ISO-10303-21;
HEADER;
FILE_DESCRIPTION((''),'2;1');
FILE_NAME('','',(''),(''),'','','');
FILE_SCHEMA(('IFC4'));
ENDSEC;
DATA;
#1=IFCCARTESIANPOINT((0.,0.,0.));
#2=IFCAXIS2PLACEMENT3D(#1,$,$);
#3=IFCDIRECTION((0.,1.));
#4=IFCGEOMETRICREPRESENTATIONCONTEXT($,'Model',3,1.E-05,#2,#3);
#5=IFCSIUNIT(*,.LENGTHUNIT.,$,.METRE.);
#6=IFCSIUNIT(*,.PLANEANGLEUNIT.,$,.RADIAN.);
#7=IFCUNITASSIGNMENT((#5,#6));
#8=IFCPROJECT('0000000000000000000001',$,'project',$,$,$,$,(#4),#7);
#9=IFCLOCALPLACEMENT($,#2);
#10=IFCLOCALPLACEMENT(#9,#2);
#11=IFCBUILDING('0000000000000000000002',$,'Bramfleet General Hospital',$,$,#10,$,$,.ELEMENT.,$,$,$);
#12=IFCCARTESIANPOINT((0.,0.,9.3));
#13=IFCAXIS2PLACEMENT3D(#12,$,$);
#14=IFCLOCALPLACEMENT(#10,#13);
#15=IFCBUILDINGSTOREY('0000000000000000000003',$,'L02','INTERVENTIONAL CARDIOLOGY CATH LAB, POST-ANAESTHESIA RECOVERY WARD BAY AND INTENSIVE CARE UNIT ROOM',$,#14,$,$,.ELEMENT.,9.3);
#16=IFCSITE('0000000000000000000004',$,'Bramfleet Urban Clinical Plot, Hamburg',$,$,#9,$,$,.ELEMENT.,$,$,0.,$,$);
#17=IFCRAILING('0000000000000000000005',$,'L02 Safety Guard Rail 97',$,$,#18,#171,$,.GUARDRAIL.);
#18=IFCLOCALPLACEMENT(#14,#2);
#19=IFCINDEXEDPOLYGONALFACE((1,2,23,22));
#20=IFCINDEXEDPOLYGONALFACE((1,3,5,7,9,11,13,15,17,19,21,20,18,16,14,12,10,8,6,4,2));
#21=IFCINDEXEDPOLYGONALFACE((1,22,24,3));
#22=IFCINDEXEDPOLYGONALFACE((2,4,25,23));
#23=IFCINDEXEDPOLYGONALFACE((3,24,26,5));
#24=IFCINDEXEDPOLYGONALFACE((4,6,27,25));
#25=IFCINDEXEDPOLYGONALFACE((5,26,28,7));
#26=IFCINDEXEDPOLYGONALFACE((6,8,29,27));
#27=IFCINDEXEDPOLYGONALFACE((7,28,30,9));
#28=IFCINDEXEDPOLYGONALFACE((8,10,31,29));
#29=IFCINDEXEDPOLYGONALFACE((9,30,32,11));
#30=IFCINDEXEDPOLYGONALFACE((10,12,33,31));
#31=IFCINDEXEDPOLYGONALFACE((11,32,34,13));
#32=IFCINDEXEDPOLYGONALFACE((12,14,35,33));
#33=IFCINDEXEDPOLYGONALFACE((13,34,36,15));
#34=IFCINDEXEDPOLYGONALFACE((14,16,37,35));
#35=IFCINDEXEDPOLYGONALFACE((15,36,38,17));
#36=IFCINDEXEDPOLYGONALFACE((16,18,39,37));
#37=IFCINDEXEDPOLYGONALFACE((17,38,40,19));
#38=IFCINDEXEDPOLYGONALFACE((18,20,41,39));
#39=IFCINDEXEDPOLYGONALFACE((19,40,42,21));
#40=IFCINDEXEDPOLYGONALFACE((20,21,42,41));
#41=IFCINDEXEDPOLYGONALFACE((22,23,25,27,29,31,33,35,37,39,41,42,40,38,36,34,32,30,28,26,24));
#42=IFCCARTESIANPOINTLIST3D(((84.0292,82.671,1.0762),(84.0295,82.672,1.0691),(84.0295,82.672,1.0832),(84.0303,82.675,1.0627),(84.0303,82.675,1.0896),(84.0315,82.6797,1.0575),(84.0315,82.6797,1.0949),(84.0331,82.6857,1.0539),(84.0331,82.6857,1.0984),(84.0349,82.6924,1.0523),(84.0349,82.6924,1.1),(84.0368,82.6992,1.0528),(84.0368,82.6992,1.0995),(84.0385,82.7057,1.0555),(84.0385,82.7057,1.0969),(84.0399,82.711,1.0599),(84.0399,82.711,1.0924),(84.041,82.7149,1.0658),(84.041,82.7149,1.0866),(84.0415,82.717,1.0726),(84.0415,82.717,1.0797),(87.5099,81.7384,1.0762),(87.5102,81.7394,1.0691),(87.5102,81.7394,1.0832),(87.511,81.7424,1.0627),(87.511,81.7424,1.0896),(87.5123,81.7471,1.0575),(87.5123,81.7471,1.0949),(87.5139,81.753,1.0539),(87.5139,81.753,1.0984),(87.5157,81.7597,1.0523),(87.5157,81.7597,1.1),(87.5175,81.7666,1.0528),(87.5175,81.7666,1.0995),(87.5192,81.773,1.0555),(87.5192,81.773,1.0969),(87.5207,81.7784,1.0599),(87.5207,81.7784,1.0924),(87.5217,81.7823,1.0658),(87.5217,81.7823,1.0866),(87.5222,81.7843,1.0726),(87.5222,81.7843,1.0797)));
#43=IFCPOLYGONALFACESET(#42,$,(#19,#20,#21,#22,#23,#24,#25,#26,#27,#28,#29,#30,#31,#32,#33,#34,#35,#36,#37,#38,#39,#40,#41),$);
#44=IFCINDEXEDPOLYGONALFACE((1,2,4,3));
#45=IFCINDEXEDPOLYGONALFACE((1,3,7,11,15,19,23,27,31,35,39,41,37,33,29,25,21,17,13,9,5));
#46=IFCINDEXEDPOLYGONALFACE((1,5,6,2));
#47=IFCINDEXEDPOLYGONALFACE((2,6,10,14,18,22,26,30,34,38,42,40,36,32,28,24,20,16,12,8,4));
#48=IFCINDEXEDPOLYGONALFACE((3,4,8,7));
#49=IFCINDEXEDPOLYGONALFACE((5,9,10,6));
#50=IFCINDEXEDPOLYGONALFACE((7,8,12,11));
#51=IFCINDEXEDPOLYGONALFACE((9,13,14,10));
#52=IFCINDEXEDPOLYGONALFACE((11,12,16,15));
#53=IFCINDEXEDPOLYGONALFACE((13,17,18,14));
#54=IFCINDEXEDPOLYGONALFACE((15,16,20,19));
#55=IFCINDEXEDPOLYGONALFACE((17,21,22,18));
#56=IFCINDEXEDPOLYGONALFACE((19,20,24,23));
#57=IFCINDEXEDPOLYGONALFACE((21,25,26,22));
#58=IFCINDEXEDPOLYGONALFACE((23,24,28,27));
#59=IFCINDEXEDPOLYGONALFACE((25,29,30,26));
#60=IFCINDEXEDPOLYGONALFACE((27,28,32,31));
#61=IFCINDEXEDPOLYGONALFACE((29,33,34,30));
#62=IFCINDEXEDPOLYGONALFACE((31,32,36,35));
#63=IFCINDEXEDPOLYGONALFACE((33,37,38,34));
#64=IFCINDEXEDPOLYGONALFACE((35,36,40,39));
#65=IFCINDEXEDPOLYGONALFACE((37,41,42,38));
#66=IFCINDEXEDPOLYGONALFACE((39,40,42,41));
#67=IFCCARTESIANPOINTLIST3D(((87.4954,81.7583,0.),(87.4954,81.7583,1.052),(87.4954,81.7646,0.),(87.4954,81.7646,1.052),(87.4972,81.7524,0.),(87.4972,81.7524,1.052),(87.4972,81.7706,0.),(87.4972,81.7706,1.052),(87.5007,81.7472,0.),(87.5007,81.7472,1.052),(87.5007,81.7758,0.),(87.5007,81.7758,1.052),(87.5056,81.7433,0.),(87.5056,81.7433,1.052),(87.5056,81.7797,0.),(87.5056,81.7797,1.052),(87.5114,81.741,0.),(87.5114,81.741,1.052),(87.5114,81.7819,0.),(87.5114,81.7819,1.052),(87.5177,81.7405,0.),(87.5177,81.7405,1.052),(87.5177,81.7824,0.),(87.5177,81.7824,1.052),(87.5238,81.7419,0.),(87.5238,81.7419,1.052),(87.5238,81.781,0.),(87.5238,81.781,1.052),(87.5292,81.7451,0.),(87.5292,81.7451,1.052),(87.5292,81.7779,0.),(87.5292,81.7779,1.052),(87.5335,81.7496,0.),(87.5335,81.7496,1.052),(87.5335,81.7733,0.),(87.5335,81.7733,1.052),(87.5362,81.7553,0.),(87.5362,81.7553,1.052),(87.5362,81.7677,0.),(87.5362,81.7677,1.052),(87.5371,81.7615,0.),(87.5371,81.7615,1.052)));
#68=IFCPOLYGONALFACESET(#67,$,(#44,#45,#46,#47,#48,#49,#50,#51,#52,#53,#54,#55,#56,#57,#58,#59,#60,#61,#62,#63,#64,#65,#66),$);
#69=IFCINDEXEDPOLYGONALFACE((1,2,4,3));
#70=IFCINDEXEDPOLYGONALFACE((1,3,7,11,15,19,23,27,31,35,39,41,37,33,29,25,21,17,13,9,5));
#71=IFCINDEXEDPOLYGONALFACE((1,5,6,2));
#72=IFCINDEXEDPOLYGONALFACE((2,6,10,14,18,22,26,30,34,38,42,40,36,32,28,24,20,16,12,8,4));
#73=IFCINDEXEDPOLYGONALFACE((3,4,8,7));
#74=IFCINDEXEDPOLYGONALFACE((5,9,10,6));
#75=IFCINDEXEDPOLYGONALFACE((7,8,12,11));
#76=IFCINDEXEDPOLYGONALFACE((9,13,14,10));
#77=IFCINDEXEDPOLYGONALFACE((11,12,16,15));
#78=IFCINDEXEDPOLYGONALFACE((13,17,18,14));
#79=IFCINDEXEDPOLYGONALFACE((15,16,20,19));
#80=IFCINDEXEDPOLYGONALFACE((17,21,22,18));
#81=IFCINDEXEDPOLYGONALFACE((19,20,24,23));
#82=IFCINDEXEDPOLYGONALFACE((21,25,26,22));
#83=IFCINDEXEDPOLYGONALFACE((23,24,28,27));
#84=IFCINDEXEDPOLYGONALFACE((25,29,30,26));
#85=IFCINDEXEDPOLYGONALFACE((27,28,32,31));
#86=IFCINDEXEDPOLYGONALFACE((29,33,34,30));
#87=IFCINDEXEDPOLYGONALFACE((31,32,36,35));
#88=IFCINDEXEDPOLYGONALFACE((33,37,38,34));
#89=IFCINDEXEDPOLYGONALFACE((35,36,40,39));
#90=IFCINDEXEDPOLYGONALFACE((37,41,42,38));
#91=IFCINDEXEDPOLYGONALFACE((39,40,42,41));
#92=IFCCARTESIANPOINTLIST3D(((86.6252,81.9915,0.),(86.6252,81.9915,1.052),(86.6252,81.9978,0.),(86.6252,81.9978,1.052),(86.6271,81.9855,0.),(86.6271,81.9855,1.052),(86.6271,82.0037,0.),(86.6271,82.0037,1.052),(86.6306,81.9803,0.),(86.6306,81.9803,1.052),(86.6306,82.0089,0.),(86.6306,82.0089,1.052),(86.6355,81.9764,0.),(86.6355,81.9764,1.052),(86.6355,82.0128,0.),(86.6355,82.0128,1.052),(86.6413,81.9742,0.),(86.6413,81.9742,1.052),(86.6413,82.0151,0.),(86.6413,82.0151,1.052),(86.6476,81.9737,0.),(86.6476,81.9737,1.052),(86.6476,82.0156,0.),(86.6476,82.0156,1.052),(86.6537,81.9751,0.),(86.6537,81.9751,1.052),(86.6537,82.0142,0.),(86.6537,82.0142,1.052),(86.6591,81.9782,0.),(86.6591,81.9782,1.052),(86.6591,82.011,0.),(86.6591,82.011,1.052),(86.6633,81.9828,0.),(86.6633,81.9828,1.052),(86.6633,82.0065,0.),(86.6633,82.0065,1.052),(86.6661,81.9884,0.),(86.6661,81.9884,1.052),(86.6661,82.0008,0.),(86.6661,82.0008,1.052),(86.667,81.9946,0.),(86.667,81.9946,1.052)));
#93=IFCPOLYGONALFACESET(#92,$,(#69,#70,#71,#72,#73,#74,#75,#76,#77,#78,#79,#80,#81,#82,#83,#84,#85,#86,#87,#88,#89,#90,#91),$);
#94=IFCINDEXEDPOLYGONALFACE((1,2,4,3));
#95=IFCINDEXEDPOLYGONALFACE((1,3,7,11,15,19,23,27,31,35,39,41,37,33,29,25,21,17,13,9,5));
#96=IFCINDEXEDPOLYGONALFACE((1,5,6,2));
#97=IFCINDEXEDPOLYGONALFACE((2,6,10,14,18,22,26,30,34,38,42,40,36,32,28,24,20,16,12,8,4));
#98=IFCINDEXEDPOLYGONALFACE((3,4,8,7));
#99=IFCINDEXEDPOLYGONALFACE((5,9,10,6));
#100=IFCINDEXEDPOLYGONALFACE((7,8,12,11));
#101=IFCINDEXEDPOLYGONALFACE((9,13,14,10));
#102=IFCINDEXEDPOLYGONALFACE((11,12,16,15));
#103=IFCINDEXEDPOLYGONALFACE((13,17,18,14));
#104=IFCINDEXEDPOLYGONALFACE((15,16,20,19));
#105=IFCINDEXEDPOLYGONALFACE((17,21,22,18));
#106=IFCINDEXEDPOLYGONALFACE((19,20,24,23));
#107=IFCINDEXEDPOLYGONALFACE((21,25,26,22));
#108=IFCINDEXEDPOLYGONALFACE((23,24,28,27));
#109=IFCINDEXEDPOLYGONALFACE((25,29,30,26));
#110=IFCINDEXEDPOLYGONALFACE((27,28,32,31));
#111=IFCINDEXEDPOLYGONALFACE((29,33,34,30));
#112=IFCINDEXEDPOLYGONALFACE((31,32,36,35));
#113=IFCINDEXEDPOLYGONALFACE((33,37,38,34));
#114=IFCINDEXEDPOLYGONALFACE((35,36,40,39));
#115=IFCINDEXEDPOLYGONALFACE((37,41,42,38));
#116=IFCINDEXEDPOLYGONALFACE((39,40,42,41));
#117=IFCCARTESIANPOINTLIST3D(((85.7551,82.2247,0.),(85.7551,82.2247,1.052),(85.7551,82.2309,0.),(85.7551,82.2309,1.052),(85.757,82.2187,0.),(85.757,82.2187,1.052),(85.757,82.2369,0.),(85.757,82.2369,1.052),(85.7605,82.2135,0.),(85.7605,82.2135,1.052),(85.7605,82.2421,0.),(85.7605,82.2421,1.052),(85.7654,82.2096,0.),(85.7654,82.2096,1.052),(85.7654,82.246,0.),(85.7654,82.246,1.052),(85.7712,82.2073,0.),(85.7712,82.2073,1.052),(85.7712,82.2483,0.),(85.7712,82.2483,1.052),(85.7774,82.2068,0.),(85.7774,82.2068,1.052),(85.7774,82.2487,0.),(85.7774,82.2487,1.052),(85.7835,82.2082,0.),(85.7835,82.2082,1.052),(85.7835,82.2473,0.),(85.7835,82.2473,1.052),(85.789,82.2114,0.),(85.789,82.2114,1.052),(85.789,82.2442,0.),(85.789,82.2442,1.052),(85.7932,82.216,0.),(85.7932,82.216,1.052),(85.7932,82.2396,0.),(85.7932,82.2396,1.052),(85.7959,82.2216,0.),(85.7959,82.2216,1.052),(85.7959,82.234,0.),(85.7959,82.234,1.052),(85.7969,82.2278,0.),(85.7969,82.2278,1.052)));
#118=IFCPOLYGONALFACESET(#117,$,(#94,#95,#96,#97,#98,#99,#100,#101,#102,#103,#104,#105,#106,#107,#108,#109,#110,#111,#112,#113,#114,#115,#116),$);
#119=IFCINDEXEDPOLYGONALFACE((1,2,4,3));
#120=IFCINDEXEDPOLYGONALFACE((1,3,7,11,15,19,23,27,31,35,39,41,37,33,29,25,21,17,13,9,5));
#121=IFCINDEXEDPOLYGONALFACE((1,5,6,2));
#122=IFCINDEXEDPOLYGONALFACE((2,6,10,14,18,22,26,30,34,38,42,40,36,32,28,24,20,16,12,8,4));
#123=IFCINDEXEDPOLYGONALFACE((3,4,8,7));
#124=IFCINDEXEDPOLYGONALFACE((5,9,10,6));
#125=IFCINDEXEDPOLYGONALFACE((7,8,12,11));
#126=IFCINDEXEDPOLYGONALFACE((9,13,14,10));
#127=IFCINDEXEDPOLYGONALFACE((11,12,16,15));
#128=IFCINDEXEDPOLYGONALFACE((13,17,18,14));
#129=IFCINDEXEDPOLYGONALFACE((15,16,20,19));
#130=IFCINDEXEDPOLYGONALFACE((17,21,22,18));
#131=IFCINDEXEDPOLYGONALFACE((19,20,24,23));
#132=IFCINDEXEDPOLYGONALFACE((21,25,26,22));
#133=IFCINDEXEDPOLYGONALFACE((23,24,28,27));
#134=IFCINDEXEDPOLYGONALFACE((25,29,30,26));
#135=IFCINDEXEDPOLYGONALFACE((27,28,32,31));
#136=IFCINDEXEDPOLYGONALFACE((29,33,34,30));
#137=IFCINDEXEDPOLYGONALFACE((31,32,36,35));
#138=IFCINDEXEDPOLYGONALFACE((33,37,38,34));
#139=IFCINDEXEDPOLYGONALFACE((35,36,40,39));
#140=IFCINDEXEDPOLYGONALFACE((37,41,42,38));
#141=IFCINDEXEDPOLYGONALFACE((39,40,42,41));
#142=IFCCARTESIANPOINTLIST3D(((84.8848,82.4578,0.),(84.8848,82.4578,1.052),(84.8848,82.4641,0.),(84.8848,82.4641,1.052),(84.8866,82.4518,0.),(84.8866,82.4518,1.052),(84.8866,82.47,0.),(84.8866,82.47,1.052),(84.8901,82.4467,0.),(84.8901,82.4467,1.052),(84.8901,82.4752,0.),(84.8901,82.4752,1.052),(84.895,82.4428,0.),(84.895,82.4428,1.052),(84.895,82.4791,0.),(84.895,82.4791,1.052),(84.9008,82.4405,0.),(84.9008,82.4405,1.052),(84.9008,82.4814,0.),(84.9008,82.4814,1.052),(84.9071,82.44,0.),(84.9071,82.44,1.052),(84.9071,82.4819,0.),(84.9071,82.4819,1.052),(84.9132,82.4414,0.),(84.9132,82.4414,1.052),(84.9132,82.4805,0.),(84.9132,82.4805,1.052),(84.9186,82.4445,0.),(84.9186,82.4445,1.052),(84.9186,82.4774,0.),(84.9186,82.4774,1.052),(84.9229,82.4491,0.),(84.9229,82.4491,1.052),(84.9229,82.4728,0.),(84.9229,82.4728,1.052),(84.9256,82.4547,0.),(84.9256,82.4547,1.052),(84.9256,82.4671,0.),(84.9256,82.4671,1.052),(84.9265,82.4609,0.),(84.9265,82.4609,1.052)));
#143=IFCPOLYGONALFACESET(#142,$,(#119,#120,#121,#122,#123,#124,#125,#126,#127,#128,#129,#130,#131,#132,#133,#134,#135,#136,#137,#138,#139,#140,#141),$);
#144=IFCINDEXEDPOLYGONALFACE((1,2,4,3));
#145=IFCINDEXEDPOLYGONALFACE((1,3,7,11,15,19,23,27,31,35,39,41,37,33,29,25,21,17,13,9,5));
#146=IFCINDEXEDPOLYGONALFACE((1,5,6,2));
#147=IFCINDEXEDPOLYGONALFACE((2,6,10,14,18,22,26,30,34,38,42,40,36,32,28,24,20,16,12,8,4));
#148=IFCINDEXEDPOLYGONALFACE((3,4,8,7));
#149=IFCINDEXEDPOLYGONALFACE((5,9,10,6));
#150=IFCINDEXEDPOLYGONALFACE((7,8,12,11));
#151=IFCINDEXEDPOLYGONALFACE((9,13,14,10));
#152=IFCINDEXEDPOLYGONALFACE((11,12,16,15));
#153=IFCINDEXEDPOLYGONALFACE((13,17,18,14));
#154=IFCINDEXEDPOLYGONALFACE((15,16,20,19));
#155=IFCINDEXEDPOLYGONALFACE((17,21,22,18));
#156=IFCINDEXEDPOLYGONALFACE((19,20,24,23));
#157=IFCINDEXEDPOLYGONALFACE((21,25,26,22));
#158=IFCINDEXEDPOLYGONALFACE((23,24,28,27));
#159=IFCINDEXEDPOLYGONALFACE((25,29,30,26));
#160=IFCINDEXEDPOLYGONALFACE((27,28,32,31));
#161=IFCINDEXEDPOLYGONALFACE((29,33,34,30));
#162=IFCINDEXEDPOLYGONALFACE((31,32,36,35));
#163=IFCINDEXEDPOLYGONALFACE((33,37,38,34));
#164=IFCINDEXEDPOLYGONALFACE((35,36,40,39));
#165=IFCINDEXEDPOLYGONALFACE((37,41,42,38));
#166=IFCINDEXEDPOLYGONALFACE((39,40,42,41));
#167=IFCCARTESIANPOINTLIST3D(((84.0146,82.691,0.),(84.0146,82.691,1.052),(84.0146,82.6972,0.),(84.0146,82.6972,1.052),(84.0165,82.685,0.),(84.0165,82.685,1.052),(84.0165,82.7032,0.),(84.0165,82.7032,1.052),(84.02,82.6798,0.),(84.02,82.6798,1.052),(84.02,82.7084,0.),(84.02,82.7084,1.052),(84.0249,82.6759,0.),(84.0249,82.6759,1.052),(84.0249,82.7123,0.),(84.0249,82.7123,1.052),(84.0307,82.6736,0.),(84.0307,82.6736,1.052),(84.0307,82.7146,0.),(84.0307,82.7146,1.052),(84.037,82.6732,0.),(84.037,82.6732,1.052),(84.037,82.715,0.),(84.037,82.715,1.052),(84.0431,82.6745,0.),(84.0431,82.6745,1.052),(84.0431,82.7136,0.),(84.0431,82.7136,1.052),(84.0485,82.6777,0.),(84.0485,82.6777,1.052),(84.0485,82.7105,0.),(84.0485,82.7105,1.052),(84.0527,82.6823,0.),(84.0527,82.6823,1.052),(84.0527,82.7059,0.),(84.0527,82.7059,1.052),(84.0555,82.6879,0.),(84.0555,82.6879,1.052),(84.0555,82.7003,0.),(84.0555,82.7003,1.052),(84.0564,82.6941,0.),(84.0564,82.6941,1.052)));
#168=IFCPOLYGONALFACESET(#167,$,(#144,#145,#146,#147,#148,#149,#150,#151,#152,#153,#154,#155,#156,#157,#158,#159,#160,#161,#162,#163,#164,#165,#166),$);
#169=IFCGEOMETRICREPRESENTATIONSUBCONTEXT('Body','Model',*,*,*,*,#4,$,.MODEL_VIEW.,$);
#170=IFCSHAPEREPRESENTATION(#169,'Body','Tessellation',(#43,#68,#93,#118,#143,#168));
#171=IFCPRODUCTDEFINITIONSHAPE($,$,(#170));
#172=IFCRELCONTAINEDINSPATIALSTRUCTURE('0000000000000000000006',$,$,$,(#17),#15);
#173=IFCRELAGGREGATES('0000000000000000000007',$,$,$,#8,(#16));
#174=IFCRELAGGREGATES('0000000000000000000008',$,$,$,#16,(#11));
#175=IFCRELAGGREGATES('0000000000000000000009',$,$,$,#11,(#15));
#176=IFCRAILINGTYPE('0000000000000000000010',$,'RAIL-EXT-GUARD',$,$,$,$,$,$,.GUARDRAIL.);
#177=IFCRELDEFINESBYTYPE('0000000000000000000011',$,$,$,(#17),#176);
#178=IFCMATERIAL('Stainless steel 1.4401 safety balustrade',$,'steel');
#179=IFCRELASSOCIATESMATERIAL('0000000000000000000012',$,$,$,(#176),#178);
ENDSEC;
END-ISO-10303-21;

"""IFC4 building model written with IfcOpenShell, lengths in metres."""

from ifc_helpers import new_model, si_unit, direction, frame, origin, origin_2d, place, context, subcontext, project, spatial, circle, extrude, material, type_object, element, save


model = new_model("IFC4")

# Units and contexts
model_context = context("Model", 3, precision=1e-05, world=origin(), true_north=direction((0.0, 1.0)))
body_context = subcontext(model_context, "Body", "Model", "MODEL_VIEW")
ifc_project = project(units=[si_unit("LENGTHUNIT", "METRE"), si_unit("PLANEANGLEUNIT", "RADIAN")], contexts=[model_context])

# Site, building, storey
site_placement = place(None, origin())
site = spatial("IfcSite", under=ifc_project, at=site_placement, Name="Bramfleet Urban Clinical Plot, Hamburg", CompositionType="ELEMENT", RefElevation=0.0)
building_placement = place(site_placement, origin())
building = spatial("IfcBuilding", under=site, at=building_placement, Name="Bramfleet General Hospital", CompositionType="ELEMENT")
storey_placement = place(building_placement, frame((0.0, 0.0, 9.3)))
storey = spatial("IfcBuildingStorey", under=building, at=storey_placement, Name="L02", Description="INTERVENTIONAL CARDIOLOGY CATH LAB, POST-ANAESTHESIA RECOVERY WARD BAY AND INTENSIVE CARE UNIT ROOM", CompositionType="ELEMENT", Elevation=9.3)

# Railing
ifc_material_1 = material(Name="Stainless steel 1.4401 safety balustrade", Category="steel")
railing_type = type_object("IfcRailingType", Name="RAIL-EXT-GUARD", PredefinedType="GUARDRAIL", material=ifc_material_1)
railing_1_placement = place(storey_placement, frame((87.5161, 81.7615, 0.0)))
element("IfcRailing", 1, at=railing_1_placement, inside=storey, type_object=railing_type, Name="L02 Safety Guard Rail 97", PredefinedType="GUARDRAIL", context=body_context, shape_type="SweptSolid", body=[
    extrude(circle(Radius=0.0239, at=origin_2d()), frame((0.0, 0.0, 1.0762), z_axis=(-0.965928, 0.258809, 0.0), x_axis=(-0.258809, -0.965928, 0.0)), (0.0, 0.0, 1.0), 3.6035),
    extrude(circle(Radius=0.021, at=origin_2d()), origin(), (0.0, 0.0, 1.0), 1.052),
    extrude(circle(Radius=0.021, at=origin_2d()), frame((-0.8701, 0.2332, 0.0)), (0.0, 0.0, 1.0), 1.052),
    extrude(circle(Radius=0.021, at=origin_2d()), frame((-1.7402, 0.4663, 0.0)), (0.0, 0.0, 1.0), 1.052),
    extrude(circle(Radius=0.021, at=origin_2d()), frame((-2.6106, 0.6995, 0.0)), (0.0, 0.0, 1.0), 1.052),
    extrude(circle(Radius=0.021, at=origin_2d()), frame((-3.4807, 0.9326, 0.0)), (0.0, 0.0, 1.0), 1.052),
])

save(model, "model.ifc")
